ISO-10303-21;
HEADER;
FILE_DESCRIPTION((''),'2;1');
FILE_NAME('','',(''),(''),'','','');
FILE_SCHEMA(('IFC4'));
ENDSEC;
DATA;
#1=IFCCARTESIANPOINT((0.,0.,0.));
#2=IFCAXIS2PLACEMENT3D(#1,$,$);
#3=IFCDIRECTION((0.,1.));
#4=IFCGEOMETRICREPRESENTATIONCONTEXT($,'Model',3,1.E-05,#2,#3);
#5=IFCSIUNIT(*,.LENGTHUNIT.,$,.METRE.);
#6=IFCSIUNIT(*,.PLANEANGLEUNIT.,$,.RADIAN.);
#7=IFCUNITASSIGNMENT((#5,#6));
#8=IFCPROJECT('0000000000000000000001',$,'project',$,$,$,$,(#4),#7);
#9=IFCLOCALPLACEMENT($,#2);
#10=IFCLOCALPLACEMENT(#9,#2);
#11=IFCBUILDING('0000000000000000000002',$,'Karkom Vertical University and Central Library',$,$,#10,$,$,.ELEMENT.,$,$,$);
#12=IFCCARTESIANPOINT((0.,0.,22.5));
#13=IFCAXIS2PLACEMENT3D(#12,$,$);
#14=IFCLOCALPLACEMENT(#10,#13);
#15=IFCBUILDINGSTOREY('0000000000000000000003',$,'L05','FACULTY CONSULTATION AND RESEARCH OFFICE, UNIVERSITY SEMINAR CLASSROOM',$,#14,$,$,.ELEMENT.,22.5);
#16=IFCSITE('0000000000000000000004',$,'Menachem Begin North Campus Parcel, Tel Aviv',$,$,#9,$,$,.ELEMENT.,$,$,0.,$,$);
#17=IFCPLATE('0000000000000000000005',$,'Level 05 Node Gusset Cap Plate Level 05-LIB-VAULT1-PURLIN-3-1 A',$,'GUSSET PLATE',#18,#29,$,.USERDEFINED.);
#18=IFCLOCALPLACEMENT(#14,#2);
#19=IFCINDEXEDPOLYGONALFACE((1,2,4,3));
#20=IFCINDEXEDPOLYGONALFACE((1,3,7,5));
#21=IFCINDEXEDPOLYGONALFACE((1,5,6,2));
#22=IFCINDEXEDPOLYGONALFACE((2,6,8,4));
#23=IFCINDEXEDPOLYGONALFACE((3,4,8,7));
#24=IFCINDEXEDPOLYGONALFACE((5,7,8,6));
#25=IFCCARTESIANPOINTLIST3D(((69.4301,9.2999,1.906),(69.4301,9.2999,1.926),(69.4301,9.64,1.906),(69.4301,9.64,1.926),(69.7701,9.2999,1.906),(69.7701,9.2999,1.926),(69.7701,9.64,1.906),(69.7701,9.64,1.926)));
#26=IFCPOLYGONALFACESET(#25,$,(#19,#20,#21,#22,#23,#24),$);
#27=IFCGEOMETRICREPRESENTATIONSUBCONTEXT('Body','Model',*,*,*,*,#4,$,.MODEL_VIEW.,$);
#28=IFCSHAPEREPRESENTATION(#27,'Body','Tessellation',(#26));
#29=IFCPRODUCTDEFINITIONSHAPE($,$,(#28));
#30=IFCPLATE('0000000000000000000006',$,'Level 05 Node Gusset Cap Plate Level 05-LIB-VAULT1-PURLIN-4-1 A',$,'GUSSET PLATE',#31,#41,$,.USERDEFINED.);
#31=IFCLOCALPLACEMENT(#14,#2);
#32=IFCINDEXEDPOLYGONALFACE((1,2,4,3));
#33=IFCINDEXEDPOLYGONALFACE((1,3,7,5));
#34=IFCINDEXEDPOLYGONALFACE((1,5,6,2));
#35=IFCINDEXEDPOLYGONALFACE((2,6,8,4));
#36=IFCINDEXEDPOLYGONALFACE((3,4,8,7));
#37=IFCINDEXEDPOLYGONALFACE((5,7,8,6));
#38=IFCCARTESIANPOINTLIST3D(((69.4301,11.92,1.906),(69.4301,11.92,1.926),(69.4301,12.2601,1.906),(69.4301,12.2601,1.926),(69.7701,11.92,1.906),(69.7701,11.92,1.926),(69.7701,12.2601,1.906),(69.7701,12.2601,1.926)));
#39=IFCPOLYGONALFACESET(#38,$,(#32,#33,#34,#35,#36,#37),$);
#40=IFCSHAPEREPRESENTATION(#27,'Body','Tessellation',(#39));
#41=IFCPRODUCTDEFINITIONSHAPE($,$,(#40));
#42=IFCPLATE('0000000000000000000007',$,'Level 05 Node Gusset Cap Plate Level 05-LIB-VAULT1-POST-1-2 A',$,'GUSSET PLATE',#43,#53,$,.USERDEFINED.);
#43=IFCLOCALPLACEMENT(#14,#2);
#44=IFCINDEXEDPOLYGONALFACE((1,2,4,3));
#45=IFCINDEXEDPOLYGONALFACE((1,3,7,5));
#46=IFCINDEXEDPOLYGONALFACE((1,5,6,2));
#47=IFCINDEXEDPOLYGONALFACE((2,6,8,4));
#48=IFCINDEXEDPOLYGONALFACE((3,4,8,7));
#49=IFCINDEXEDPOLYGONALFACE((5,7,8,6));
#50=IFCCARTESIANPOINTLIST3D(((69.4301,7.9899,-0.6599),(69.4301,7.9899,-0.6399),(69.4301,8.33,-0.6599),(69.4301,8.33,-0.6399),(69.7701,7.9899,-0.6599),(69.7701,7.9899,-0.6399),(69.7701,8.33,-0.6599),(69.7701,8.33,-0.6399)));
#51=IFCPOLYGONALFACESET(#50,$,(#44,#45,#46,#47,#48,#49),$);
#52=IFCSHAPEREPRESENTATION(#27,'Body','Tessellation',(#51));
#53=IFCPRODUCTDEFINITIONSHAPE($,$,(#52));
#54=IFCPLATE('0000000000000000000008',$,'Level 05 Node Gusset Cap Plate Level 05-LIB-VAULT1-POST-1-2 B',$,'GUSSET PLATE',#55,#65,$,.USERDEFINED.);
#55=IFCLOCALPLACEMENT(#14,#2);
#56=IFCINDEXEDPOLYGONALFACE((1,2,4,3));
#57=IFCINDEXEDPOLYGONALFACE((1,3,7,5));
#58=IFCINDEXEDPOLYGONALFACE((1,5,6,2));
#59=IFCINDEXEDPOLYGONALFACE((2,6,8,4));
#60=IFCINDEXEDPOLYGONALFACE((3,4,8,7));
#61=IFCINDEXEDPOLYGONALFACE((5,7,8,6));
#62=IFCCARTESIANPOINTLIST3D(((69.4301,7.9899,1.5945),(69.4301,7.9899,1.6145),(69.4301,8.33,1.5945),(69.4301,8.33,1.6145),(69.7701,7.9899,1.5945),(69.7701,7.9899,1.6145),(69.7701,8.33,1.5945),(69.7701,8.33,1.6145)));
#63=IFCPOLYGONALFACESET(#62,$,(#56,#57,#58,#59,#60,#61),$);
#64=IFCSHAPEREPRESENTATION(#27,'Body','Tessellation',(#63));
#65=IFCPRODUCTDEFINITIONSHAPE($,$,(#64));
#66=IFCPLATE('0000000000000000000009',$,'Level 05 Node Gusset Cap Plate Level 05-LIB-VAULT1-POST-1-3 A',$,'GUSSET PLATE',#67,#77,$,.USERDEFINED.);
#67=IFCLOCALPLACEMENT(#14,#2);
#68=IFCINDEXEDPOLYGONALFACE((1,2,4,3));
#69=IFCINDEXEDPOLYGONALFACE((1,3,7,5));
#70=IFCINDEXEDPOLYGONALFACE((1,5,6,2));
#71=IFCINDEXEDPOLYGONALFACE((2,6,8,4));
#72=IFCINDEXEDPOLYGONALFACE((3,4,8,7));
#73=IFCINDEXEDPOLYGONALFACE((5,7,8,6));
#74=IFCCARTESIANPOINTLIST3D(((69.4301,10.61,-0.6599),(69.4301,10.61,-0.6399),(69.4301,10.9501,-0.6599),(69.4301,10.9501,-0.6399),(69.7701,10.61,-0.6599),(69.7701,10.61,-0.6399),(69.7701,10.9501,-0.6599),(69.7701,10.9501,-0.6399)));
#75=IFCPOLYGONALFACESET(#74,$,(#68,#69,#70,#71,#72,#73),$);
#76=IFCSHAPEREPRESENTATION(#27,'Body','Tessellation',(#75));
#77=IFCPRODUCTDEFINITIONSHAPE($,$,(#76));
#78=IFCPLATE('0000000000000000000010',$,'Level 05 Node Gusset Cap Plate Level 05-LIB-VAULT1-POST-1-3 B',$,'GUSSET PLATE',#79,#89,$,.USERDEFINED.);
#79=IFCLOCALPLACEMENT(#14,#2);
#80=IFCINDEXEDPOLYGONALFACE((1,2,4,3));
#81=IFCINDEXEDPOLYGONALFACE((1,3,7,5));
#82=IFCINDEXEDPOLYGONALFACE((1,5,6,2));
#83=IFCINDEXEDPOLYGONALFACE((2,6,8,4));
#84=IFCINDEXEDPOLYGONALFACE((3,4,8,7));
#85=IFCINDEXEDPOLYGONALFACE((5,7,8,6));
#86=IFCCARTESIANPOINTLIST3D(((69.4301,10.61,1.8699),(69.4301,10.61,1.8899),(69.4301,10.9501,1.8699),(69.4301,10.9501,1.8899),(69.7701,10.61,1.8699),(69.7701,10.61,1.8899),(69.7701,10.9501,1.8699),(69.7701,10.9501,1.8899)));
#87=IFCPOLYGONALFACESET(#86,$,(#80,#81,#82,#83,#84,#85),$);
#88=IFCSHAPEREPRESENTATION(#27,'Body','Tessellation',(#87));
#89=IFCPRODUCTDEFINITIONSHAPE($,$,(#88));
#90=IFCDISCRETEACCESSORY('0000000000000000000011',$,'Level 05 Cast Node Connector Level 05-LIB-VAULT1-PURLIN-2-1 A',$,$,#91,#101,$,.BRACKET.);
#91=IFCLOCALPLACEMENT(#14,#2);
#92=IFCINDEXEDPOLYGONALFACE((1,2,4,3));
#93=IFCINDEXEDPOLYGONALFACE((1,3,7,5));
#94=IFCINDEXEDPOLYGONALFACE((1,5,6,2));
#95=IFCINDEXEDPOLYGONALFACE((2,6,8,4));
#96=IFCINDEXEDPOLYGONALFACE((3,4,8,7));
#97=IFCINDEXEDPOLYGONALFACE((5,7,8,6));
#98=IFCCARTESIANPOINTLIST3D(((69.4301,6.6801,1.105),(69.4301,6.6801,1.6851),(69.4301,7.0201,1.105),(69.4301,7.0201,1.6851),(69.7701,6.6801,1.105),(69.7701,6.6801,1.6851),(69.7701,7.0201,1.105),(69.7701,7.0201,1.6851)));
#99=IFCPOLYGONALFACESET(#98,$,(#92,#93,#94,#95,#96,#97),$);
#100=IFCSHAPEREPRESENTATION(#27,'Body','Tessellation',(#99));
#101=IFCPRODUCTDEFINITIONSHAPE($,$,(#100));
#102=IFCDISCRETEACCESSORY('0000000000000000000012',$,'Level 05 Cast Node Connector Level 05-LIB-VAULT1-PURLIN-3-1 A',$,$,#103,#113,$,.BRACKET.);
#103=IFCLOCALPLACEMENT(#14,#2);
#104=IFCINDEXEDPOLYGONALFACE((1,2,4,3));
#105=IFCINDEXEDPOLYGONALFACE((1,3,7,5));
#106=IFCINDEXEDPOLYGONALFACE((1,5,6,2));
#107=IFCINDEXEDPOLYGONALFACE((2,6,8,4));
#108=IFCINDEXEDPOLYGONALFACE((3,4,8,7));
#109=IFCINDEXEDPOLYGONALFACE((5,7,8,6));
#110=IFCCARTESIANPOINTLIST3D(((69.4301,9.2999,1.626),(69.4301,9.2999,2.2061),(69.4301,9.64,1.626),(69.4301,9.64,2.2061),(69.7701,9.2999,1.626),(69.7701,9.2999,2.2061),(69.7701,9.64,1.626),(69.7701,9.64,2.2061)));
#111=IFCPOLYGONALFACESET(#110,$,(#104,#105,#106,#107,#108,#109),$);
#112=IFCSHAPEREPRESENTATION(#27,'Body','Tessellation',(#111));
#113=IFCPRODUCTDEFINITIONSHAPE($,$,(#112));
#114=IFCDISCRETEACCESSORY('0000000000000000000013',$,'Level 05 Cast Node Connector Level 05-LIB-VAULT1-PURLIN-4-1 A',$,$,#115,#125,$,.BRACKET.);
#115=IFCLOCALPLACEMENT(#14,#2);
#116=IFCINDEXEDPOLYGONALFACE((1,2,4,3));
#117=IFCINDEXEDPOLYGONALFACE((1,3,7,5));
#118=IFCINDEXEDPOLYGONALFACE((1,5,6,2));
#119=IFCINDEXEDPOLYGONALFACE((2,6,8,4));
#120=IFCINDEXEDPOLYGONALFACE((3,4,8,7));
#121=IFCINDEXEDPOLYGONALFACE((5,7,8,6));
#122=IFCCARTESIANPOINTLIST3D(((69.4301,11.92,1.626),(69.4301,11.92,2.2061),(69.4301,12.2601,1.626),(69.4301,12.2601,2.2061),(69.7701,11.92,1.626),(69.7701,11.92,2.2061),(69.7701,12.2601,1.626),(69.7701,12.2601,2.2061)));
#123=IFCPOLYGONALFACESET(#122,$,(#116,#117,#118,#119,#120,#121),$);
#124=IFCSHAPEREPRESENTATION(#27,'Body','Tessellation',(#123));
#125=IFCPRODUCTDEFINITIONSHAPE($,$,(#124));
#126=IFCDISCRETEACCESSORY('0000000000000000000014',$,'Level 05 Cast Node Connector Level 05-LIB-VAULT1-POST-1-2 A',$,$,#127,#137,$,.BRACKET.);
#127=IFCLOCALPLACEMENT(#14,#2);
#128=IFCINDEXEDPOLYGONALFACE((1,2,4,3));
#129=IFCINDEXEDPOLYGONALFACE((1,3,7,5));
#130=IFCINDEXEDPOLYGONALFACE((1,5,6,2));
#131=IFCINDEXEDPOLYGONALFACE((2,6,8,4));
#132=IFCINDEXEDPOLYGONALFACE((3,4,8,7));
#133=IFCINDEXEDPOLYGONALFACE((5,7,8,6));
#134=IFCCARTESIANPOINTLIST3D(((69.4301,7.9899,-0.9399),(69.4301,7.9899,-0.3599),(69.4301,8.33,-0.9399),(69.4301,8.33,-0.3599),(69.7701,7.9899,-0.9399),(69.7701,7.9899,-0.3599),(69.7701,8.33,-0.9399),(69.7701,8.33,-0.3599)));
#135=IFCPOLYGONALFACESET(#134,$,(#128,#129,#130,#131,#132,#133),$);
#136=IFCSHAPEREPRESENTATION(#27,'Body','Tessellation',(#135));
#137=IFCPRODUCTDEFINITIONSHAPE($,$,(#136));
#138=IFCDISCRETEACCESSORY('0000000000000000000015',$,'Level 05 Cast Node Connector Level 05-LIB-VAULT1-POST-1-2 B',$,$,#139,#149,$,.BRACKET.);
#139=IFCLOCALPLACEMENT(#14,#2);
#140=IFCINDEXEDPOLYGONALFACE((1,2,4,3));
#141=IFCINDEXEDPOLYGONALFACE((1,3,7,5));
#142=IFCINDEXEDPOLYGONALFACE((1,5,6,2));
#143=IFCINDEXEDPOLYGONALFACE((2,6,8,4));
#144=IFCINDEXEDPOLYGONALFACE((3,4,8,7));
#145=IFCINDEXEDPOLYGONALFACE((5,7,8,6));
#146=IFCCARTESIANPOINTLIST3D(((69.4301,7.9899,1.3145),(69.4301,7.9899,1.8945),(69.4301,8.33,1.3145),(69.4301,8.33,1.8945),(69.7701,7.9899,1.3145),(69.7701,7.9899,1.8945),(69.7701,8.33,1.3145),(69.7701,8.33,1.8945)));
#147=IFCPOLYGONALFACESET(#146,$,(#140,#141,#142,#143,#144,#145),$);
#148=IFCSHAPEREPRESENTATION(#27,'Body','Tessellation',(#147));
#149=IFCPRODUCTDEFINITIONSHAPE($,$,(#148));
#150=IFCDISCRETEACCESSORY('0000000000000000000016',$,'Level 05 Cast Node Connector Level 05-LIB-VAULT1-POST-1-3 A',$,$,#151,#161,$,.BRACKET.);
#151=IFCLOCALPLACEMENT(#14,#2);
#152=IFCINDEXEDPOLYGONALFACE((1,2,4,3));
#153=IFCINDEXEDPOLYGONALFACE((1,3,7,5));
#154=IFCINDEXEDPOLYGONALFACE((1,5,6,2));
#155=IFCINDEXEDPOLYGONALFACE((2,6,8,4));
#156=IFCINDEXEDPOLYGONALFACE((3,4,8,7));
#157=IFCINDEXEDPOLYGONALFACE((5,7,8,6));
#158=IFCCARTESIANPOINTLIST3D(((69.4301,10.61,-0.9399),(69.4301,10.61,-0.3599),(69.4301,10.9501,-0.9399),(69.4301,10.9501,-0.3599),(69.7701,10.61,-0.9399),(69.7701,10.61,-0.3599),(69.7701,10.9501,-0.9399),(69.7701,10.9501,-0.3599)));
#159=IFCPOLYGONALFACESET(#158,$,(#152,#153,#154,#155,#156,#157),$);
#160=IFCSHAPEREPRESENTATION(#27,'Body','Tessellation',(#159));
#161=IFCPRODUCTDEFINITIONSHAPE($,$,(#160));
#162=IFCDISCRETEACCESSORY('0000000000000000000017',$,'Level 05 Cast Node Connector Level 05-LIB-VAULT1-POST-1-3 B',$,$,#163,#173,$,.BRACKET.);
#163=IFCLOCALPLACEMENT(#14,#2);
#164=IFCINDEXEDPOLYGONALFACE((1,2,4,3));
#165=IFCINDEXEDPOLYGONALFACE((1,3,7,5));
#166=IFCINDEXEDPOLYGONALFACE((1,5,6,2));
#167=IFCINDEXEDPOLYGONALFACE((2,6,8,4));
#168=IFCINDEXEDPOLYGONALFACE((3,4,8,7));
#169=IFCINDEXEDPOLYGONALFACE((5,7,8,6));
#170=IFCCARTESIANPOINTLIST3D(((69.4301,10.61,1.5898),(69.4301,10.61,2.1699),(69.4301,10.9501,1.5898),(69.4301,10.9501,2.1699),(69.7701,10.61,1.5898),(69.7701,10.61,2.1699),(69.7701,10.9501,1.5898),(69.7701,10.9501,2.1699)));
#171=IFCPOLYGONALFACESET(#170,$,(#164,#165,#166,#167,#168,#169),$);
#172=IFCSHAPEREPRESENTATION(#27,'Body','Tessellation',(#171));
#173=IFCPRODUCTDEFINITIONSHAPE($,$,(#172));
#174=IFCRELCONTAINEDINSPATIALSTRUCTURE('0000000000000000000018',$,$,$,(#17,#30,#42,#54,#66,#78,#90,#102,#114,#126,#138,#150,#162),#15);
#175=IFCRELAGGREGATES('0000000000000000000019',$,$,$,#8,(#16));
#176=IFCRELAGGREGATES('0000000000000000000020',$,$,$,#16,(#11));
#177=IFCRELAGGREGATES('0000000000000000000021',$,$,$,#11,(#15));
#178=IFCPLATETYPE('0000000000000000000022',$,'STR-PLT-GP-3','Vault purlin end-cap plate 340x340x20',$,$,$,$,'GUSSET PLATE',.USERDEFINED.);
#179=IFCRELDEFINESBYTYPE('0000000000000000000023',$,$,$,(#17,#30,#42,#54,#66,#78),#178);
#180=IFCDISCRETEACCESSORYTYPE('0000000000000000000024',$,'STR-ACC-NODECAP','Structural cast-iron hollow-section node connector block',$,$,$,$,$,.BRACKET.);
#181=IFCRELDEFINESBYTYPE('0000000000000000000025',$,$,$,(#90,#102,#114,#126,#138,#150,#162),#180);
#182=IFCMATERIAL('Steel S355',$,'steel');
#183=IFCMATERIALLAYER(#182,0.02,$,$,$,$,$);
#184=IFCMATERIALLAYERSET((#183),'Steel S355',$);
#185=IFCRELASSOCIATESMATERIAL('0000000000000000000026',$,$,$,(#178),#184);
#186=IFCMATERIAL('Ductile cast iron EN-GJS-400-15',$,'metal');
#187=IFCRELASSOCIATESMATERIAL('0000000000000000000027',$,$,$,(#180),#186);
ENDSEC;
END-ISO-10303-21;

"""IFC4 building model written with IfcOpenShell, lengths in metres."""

from ifc_helpers import new_model, si_unit, direction, frame, origin, origin_with_axes, origin_2d, place, context, subcontext, project, spatial, rectangle, extrude, source, transform, mapped, material, layer, layer_set, type_object, element, save


model = new_model("IFC4")

# Units and contexts
model_context = context("Model", 3, precision=1e-05, world=origin(), true_north=direction((0.0, 1.0)))
body_context = subcontext(model_context, "Body", "Model", "MODEL_VIEW")
ifc_project = project(units=[si_unit("LENGTHUNIT", "METRE"), si_unit("PLANEANGLEUNIT", "RADIAN")], contexts=[model_context])

# Site, building, storey
site_placement = place(None, origin())
site = spatial("IfcSite", under=ifc_project, at=site_placement, Name="Menachem Begin North Campus Parcel, Tel Aviv", CompositionType="ELEMENT", RefElevation=0.0)
building_placement = place(site_placement, origin())
building = spatial("IfcBuilding", under=site, at=building_placement, Name="Karkom Vertical University and Central Library", CompositionType="ELEMENT")
storey_placement = place(building_placement, frame((0.0, 0.0, 22.5)))
storey = spatial("IfcBuildingStorey", under=building, at=storey_placement, Name="L05", Description="FACULTY CONSULTATION AND RESEARCH OFFICE, UNIVERSITY SEMINAR CLASSROOM", CompositionType="ELEMENT", Elevation=22.5)

# Shared definitions
ifc_material_1 = material(Name="Steel S355", Category="steel")

# Plates
ifc_layer = layer(ifc_material_1, 0.02)
ifc_layer_set = layer_set([ifc_layer], Name="Steel S355")
plate_type = type_object("IfcPlateType", Name="STR-PLT-GP-3", Description="Vault purlin end-cap plate 340x340x20", ElementType="GUSSET PLATE", PredefinedType="USERDEFINED", material=ifc_layer_set)
shared_shape_1 = source(origin_with_axes(), body_context, "Body", "SweptSolid", [
    extrude(rectangle(XDim=0.3401, YDim=0.3401, at=origin_2d()), origin(), (0.0, 0.0, 1.0), 0.02),
])
for number, where, z_axis, x_axis, name in (
    (1, (69.6001, 9.47, 1.906), (0.0, 0.0, 1.0), (1.0, 0.0, 0.0), "Level 05 Node Gusset Cap Plate Level 05-LIB-VAULT1-PURLIN-3-1 A"),
    (2, (69.6001, 12.0901, 1.906), (0.0, 0.0, 1.0), (1.0, 0.0, 0.0), "Level 05 Node Gusset Cap Plate Level 05-LIB-VAULT1-PURLIN-4-1 A"),
    (3, (69.6001, 8.1599, -0.6599), (0.0, 0.0, 1.0), (1.0, 0.0, 0.0), "Level 05 Node Gusset Cap Plate Level 05-LIB-VAULT1-POST-1-2 A"),
    (4, (69.6001, 8.1599, 1.5945), (0.0, 0.0, 1.0), (1.0, 0.0, 0.0), "Level 05 Node Gusset Cap Plate Level 05-LIB-VAULT1-POST-1-2 B"),
    (5, (69.6001, 10.78, -0.6599), (0.0, 0.0, 1.0), (1.0, 0.0, 0.0), "Level 05 Node Gusset Cap Plate Level 05-LIB-VAULT1-POST-1-3 A"),
    (6, (69.6001, 10.78, 1.8699), (0.0, 0.0, 1.0), (1.0, 0.0, 0.0), "Level 05 Node Gusset Cap Plate Level 05-LIB-VAULT1-POST-1-3 B"),
):
    element("IfcPlate", number, at=place(storey_placement, frame(where, z_axis=z_axis, x_axis=x_axis)), inside=storey, type_object=plate_type, Name=name, ObjectType="GUSSET PLATE", PredefinedType="USERDEFINED", context=body_context, shape_type="MappedRepresentation", body=[
        mapped(shared_shape_1, transform((0.0, 0.0, 0.0), scale=1.0)),
    ])

# Discrete accessories
ifc_material_2 = material(Name="Ductile cast iron EN-GJS-400-15", Category="metal")
discrete_accessory_type = type_object("IfcDiscreteAccessoryType", Name="STR-ACC-NODECAP", Description="Structural cast-iron hollow-section node connector block", PredefinedType="BRACKET", material=ifc_material_2)
shared_shape_2 = source(origin_with_axes(), body_context, "Body", "SweptSolid", [
    extrude(rectangle(XDim=0.3401, YDim=0.3401, at=origin_2d()), origin(), (0.0, 0.0, 1.0), 0.5801),
])
for number, where, z_axis, x_axis, name in (
    (7, (69.6001, 6.8501, 1.105), (0.0, 0.0, 1.0), (1.0, 0.0, 0.0), "Level 05 Cast Node Connector Level 05-LIB-VAULT1-PURLIN-2-1 A"),
    (8, (69.6001, 9.47, 1.626), (0.0, 0.0, 1.0), (1.0, 0.0, 0.0), "Level 05 Cast Node Connector Level 05-LIB-VAULT1-PURLIN-3-1 A"),
    (9, (69.6001, 12.0901, 1.626), (0.0, 0.0, 1.0), (1.0, 0.0, 0.0), "Level 05 Cast Node Connector Level 05-LIB-VAULT1-PURLIN-4-1 A"),
    (10, (69.6001, 8.1599, -0.9399), (0.0, 0.0, 1.0), (1.0, 0.0, 0.0), "Level 05 Cast Node Connector Level 05-LIB-VAULT1-POST-1-2 A"),
    (11, (69.6001, 8.1599, 1.3145), (0.0, 0.0, 1.0), (1.0, 0.0, 0.0), "Level 05 Cast Node Connector Level 05-LIB-VAULT1-POST-1-2 B"),
    (12, (69.6001, 10.78, -0.9399), (0.0, 0.0, 1.0), (1.0, 0.0, 0.0), "Level 05 Cast Node Connector Level 05-LIB-VAULT1-POST-1-3 A"),
    (13, (69.6001, 10.78, 1.5898), (0.0, 0.0, 1.0), (1.0, 0.0, 0.0), "Level 05 Cast Node Connector Level 05-LIB-VAULT1-POST-1-3 B"),
):
    element("IfcDiscreteAccessory", number, at=place(storey_placement, frame(where, z_axis=z_axis, x_axis=x_axis)), inside=storey, type_object=discrete_accessory_type, Name=name, PredefinedType="BRACKET", context=body_context, shape_type="MappedRepresentation", body=[
        mapped(shared_shape_2, transform((0.0, 0.0, 0.0), scale=1.0)),
    ])

save(model, "model.ifc")
